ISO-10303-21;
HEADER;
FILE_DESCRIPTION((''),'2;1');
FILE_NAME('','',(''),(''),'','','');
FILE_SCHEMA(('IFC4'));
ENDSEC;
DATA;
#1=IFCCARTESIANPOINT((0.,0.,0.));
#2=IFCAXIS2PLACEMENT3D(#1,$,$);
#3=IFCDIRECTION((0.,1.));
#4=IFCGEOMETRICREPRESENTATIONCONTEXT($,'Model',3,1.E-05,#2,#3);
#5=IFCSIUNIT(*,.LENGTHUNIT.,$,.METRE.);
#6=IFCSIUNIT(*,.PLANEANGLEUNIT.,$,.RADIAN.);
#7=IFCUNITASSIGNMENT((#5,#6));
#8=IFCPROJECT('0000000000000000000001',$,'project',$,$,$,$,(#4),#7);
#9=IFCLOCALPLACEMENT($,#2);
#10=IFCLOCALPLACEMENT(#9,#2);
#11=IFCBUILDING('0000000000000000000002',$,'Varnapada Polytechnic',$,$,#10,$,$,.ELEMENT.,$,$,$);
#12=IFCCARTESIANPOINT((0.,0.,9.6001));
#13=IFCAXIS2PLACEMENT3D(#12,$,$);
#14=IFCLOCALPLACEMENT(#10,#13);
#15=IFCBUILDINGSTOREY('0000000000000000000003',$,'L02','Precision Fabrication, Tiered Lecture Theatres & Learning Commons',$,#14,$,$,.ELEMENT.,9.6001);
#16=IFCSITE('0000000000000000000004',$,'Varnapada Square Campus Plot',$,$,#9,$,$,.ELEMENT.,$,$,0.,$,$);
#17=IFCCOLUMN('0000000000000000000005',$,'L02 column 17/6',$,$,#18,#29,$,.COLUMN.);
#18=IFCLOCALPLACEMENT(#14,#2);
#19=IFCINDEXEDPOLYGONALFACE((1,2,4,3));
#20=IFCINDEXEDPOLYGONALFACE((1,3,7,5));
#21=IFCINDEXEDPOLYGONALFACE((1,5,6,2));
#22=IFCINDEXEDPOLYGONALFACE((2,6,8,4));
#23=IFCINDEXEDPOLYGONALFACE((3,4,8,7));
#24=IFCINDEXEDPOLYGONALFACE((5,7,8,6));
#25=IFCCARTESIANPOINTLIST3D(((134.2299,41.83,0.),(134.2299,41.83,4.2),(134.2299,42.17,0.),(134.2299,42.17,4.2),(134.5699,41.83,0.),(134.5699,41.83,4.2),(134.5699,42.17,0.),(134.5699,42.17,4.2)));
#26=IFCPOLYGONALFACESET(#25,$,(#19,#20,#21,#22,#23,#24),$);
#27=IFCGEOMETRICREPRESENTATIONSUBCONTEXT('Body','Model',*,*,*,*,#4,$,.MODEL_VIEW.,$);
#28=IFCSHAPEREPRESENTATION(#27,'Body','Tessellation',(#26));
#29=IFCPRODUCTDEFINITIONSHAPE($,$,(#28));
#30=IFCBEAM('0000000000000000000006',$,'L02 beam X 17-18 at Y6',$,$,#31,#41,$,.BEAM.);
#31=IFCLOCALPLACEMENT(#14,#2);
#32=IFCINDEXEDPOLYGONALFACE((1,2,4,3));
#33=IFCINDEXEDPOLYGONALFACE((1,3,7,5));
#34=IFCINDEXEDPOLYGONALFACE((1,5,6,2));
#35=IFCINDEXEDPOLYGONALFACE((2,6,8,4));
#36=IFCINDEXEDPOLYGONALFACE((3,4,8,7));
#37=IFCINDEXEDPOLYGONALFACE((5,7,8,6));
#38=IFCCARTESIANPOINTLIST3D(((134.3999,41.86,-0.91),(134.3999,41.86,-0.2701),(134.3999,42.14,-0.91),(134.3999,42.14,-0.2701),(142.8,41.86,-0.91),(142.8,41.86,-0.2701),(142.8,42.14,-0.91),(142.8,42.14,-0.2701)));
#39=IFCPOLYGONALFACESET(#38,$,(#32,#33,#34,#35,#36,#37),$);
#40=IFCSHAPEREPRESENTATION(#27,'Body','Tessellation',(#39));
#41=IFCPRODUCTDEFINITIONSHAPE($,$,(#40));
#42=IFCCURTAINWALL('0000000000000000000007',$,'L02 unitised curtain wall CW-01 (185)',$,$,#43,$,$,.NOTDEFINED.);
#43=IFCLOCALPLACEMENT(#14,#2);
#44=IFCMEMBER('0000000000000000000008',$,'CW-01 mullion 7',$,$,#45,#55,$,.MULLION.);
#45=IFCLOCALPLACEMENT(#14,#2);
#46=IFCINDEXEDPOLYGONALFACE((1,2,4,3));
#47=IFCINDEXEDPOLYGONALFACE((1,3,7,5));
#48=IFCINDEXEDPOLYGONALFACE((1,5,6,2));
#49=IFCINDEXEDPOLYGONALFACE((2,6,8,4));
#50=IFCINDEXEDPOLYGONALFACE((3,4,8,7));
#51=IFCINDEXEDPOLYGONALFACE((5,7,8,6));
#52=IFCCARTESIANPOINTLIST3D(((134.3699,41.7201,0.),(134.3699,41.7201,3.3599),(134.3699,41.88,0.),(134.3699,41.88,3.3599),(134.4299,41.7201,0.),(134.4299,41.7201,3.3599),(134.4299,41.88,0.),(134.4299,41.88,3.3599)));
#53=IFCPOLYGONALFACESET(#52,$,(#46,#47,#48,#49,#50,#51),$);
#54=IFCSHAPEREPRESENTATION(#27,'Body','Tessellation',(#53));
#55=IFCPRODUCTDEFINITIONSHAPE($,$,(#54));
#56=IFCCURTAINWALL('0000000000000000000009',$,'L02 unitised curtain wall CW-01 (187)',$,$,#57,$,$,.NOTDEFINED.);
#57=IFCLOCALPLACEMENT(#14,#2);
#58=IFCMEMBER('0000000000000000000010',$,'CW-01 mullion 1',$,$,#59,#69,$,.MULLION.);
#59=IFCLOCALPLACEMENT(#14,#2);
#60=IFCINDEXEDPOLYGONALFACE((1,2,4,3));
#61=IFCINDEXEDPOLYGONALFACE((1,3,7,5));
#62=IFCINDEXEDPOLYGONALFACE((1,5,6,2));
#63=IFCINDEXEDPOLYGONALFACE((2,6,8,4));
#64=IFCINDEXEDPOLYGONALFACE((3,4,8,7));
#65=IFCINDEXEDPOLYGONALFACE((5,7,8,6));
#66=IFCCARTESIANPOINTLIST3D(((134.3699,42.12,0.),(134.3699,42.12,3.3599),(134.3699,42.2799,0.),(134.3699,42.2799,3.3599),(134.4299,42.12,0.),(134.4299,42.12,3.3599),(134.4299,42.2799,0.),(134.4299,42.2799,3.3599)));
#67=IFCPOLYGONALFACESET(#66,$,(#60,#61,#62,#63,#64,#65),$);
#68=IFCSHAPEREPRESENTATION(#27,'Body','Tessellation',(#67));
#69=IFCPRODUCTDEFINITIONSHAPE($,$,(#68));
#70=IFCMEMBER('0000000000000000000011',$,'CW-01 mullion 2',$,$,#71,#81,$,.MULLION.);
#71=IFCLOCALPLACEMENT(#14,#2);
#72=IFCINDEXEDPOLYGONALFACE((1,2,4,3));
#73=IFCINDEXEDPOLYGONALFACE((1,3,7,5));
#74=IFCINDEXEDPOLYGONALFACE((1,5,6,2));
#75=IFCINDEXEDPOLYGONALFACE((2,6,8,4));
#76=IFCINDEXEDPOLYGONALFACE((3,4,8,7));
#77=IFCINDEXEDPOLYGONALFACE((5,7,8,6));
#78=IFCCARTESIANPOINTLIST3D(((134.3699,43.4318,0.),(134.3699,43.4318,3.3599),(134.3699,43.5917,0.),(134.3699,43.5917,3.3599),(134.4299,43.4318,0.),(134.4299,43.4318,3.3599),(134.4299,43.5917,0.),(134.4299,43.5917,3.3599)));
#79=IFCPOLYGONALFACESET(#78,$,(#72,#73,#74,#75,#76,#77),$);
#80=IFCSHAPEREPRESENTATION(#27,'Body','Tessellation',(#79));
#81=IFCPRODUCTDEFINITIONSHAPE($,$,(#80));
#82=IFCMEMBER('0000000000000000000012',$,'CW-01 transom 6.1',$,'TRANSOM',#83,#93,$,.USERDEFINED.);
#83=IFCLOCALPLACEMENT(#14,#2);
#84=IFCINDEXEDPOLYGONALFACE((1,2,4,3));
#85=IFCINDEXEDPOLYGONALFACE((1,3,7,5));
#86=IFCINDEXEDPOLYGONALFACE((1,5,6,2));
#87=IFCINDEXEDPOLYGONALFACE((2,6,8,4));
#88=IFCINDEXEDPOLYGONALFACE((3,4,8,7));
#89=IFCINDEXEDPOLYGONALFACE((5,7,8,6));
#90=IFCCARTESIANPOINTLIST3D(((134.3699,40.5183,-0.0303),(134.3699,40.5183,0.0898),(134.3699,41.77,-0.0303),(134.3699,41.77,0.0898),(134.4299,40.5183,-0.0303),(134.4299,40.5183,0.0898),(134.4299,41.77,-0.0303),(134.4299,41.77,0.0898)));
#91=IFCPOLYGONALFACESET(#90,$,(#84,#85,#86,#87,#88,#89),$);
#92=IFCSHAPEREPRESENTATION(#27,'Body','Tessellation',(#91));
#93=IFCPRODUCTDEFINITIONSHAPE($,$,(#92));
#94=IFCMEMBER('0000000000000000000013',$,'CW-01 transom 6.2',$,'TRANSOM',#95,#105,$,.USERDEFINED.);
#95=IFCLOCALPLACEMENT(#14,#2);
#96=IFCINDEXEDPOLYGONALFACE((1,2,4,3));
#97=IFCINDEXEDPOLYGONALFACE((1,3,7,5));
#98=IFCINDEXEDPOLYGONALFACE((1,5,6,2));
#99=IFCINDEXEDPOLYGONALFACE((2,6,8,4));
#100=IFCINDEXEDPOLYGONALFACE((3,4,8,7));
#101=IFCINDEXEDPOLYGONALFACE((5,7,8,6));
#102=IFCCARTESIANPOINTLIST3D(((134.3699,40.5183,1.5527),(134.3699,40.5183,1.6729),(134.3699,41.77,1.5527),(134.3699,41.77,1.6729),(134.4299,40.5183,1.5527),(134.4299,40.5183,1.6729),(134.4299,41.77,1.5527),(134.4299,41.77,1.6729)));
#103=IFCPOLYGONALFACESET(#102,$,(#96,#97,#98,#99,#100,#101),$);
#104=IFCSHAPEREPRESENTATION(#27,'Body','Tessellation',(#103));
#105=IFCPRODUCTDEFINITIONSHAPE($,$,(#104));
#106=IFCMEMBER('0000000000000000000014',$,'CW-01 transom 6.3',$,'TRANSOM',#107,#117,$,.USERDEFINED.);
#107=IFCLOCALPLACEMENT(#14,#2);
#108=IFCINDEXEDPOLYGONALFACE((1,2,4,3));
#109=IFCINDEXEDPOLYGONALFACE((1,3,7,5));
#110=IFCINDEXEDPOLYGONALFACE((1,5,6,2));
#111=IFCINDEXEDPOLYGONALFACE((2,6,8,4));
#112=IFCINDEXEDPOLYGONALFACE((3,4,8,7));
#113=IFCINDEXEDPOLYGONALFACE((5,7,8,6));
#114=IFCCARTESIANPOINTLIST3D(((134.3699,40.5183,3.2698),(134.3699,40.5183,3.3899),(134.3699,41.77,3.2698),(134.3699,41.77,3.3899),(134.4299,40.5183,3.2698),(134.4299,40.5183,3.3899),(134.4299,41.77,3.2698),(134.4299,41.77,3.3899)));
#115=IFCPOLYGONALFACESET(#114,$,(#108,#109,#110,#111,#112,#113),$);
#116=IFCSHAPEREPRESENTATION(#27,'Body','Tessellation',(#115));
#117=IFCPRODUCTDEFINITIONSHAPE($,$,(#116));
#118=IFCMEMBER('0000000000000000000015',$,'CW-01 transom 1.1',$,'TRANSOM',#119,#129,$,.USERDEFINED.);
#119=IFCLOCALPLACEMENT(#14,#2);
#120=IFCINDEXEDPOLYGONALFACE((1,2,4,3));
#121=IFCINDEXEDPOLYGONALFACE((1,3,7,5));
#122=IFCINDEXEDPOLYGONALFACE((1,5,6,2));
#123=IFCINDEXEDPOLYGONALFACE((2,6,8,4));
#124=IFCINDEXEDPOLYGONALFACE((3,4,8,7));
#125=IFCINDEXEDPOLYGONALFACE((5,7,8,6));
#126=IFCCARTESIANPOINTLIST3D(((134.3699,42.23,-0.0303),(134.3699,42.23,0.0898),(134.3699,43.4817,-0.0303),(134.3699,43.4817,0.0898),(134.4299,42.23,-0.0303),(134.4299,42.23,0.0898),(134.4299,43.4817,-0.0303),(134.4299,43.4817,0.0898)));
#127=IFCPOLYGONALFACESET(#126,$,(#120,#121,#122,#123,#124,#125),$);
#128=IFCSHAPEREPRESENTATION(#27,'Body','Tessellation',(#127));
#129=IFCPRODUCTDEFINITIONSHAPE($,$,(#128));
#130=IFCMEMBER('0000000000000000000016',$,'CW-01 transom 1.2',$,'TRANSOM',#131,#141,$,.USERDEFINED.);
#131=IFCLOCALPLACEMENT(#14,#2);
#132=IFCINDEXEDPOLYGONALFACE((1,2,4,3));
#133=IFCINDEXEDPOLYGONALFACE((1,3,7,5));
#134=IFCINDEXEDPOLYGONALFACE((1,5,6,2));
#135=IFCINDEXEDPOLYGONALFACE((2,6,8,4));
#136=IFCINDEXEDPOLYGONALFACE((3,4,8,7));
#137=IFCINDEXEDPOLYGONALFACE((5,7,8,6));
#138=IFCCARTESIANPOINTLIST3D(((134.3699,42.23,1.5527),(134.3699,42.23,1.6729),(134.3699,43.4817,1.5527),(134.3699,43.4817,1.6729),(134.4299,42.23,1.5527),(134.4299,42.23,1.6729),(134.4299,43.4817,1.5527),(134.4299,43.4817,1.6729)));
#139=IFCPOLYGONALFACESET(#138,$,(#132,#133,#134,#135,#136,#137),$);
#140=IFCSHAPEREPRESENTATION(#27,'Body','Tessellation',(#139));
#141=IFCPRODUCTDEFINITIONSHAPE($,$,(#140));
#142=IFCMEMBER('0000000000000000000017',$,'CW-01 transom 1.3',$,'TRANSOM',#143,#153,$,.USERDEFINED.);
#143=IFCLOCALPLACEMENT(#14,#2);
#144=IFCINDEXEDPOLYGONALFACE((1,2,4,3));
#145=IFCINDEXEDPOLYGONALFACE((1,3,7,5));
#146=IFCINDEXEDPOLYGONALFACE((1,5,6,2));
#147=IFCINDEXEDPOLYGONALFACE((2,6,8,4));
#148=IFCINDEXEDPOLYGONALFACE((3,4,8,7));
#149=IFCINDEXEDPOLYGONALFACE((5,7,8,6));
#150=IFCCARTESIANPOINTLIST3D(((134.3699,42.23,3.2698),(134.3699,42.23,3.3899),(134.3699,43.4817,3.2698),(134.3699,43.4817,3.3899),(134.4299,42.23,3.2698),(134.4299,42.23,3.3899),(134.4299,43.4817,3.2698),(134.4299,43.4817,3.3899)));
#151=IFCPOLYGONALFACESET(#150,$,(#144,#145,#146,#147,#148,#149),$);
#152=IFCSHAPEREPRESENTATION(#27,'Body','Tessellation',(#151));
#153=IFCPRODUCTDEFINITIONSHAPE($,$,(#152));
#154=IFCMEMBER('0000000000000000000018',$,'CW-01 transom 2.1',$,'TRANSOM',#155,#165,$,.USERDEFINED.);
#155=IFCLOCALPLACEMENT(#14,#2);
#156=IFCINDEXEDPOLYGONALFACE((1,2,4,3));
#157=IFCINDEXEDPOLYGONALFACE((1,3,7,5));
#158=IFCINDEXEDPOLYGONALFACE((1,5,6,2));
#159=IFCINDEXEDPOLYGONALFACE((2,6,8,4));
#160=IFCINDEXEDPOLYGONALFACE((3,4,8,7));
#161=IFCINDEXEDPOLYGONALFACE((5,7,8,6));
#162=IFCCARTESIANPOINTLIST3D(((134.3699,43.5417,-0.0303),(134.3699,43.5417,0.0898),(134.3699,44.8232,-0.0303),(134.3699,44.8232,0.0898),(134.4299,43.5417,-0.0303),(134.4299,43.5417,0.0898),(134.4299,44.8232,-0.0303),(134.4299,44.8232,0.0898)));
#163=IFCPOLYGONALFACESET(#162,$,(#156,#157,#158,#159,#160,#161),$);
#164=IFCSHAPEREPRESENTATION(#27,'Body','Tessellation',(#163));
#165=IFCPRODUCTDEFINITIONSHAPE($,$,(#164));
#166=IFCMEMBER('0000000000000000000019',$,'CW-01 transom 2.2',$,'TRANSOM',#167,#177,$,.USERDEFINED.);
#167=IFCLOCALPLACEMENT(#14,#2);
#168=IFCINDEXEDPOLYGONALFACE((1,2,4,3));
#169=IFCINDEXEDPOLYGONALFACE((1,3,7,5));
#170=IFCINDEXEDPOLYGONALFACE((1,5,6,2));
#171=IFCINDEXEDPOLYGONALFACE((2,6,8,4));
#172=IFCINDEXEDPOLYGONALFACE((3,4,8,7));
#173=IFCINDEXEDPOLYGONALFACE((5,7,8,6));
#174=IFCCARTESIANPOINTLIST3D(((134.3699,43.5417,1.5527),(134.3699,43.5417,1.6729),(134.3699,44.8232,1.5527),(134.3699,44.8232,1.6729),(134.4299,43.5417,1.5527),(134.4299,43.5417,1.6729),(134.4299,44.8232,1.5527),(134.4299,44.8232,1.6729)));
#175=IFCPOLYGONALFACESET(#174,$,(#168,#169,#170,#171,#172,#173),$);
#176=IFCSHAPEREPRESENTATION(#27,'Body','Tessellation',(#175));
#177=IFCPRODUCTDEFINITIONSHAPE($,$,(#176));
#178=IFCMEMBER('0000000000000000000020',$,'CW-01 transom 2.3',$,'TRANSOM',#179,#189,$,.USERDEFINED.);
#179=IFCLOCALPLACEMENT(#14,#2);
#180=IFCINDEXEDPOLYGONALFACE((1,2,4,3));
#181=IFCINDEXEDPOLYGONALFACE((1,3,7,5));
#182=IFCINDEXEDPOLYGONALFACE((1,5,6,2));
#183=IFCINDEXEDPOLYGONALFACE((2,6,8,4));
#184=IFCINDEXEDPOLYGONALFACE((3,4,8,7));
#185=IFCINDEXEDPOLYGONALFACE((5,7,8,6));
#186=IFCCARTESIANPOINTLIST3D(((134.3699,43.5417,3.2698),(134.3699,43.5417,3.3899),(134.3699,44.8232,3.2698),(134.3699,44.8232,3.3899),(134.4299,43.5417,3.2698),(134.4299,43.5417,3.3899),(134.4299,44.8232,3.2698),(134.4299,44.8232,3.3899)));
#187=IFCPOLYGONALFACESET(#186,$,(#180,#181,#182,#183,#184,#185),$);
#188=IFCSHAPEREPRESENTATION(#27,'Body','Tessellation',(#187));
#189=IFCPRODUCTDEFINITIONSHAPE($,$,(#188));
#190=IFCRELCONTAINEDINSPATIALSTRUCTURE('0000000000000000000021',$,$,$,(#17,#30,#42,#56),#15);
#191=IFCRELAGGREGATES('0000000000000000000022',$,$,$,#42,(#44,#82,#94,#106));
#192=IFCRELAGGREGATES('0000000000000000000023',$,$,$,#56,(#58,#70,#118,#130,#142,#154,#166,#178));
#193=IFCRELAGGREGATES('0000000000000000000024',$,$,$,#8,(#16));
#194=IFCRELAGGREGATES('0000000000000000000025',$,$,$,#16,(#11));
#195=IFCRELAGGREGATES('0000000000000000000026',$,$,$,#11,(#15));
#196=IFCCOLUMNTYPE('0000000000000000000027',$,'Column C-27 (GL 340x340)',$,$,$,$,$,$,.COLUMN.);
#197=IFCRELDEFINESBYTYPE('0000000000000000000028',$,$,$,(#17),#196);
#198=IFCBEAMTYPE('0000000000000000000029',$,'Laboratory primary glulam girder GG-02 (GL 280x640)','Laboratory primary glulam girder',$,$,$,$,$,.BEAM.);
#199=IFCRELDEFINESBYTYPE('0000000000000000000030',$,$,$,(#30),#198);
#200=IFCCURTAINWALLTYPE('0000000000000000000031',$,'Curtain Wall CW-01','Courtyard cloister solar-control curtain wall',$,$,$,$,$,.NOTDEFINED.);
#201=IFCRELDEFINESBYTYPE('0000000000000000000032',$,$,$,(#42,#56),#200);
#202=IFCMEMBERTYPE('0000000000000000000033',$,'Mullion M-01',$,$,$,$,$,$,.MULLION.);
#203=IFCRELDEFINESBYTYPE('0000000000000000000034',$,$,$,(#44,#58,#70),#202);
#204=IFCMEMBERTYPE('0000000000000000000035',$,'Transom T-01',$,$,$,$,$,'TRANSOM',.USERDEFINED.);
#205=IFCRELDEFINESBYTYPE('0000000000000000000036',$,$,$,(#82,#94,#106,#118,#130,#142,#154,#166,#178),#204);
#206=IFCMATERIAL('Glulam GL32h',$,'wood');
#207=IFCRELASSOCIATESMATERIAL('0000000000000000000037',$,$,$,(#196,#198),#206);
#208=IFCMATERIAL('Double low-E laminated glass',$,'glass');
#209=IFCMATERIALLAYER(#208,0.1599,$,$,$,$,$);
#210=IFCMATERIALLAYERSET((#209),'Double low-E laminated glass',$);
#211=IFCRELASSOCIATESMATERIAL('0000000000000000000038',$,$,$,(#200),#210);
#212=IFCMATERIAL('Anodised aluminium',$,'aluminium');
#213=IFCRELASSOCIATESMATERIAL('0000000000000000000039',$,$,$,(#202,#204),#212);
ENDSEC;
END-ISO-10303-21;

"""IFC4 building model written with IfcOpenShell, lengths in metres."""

from ifc_helpers import new_model, si_unit, direction, frame, origin, origin_2d, place, context, subcontext, project, spatial, rectangle, extrude, material, layer, layer_set, material_profile, profile_set, type_object, element, aggregate, save


model = new_model("IFC4")

# Units and contexts
model_context = context("Model", 3, precision=1e-05, world=origin(), true_north=direction((0.0, 1.0)))
body_context = subcontext(model_context, "Body", "Model", "MODEL_VIEW")
ifc_project = project(units=[si_unit("LENGTHUNIT", "METRE"), si_unit("PLANEANGLEUNIT", "RADIAN")], contexts=[model_context])

# Site, building, storey
site_placement = place(None, origin())
site = spatial("IfcSite", under=ifc_project, at=site_placement, Name="Varnapada Square Campus Plot", CompositionType="ELEMENT", RefElevation=0.0)
building_placement = place(site_placement, origin())
building = spatial("IfcBuilding", under=site, at=building_placement, Name="Varnapada Polytechnic", CompositionType="ELEMENT")
storey_placement = place(building_placement, frame((0.0, 0.0, 9.6001)))
storey = spatial("IfcBuildingStorey", under=building, at=storey_placement, Name="L02", Description="Precision Fabrication, Tiered Lecture Theatres & Learning Commons", CompositionType="ELEMENT", Elevation=9.6001)

# Column
ifc_material_1 = material(Name="Glulam GL32h", Category="wood")
ifc_material_profile_1 = material_profile(ifc_material_1, rectangle(XDim=0.3401, YDim=0.3401, at=origin_2d()), Name="GL 340x340")
ifc_profile_set_1 = profile_set([ifc_material_profile_1], Name="Glulam GL32h")
column_type = type_object("IfcColumnType", Name="Column C-27 (GL 340x340)", PredefinedType="COLUMN", material=ifc_profile_set_1)
column_placement = place(storey_placement, frame((134.3999, 42.0, 0.0), z_axis=(0.0, 0.0, 1.0), x_axis=(1.0, 0.0, 0.0)))
element("IfcColumn", 1, at=column_placement, inside=storey, type_object=column_type, Name="L02 column 17/6", PredefinedType="COLUMN", context=body_context, shape_type="SweptSolid", body=[
    extrude(rectangle(XDim=0.3401, YDim=0.3401, at=origin_2d()), origin(), (0.0, 0.0, 1.0), 4.2),
])

# Beam
ifc_material_profile_2 = material_profile(ifc_material_1, rectangle(XDim=0.28, YDim=0.6399, at=origin_2d()), Name="GL 280x640")
ifc_profile_set_2 = profile_set([ifc_material_profile_2], Name="Glulam GL32h")
beam_type_1 = type_object("IfcBeamType", Name="Laboratory primary glulam girder GG-02 (GL 280x640)", Description="Laboratory primary glulam girder", PredefinedType="BEAM", material=ifc_profile_set_2)
beam_1_placement = place(storey_placement, frame((134.3999, 42.0, -0.5901), z_axis=(1.0, 0.0, 0.0), x_axis=(0.0, 1.0, 0.0)))
element("IfcBeam", 2, at=beam_1_placement, inside=storey, type_object=beam_type_1, Name="L02 beam X 17-18 at Y6", PredefinedType="BEAM", context=body_context, shape_type="SweptSolid", body=[
    extrude(rectangle(XDim=0.28, YDim=0.6399, at=origin_2d()), origin(), (0.0, 0.0, 1.0), 8.4001),
])

# Curtain wall, member
ifc_material_2 = material(Name="Double low-E laminated glass", Category="glass")
ifc_layer_1 = layer(ifc_material_2, 0.1599)
ifc_layer_set_1 = layer_set([ifc_layer_1], Name="Double low-E laminated glass")
curtain_wall_type = type_object("IfcCurtainWallType", Name="Curtain Wall CW-01", Description="Courtyard cloister solar-control curtain wall", PredefinedType="NOTDEFINED", material=ifc_layer_set_1)
curtain_wall_1_placement = place(storey_placement, origin())
curtain_wall_1 = element("IfcCurtainWall", 3, at=curtain_wall_1_placement, inside=storey, type_object=curtain_wall_type, Name="L02 unitised curtain wall CW-01 (185)", PredefinedType="NOTDEFINED")
ifc_material_3 = material(Name="Anodised aluminium", Category="aluminium")
ifc_material_profile_3 = material_profile(ifc_material_3, rectangle(XDim=0.0601, YDim=0.1599, at=origin_2d()), Name="ALU M60x160")
ifc_profile_set_3 = profile_set([ifc_material_profile_3], Name="Anodised aluminium")
member_type_1 = type_object("IfcMemberType", Name="Mullion M-01", PredefinedType="MULLION", material=ifc_profile_set_3)
member_1_placement = place(storey_placement, frame((134.3999, 41.8, 0.0), z_axis=(0.0, 0.0, 1.0), x_axis=(-1.0, 0.0, 0.0)))
member_1 = element("IfcMember", 4, at=member_1_placement, type_object=member_type_1, Name="CW-01 mullion 7", PredefinedType="MULLION", context=body_context, shape_type="SweptSolid", body=[
    extrude(rectangle(XDim=0.0601, YDim=0.1599, at=origin_2d()), origin(), (0.0, 0.0, 1.0), 3.3599),
])

# Curtain wall, members
curtain_wall_2_placement = place(storey_placement, origin())
curtain_wall_2 = element("IfcCurtainWall", 5, at=curtain_wall_2_placement, inside=storey, type_object=curtain_wall_type, Name="L02 unitised curtain wall CW-01 (187)", PredefinedType="NOTDEFINED")
member_2_placement = place(storey_placement, frame((134.3999, 42.2, 0.0), z_axis=(0.0, 0.0, 1.0), x_axis=(-1.0, 0.0, 0.0)))
member_2 = element("IfcMember", 6, at=member_2_placement, type_object=member_type_1, Name="CW-01 mullion 1", PredefinedType="MULLION", context=body_context, shape_type="SweptSolid", body=[
    extrude(rectangle(XDim=0.0601, YDim=0.1599, at=origin_2d()), origin(), (0.0, 0.0, 1.0), 3.3599),
])
member_3_placement = place(storey_placement, frame((134.3999, 43.5117, 0.0), z_axis=(0.0, 0.0, 1.0), x_axis=(-1.0, 0.0, 0.0)))
member_3 = element("IfcMember", 7, at=member_3_placement, type_object=member_type_1, Name="CW-01 mullion 2", PredefinedType="MULLION", context=body_context, shape_type="SweptSolid", body=[
    extrude(rectangle(XDim=0.0601, YDim=0.1599, at=origin_2d()), origin(), (0.0, 0.0, 1.0), 3.3599),
])

# Members
ifc_material_profile_4 = material_profile(ifc_material_3, rectangle(XDim=0.0601, YDim=0.1201, at=origin_2d()), Name="ALU T60x120")
ifc_profile_set_4 = profile_set([ifc_material_profile_4], Name="Anodised aluminium")
member_type_2 = type_object("IfcMemberType", Name="Transom T-01", ElementType="TRANSOM", PredefinedType="USERDEFINED", material=ifc_profile_set_4)
member_4_placement = place(storey_placement, frame((134.3999, 40.5183, 0.0298), z_axis=(0.0, 1.0, 0.0), x_axis=(-1.0, 0.0, 0.0)))
member_4 = element("IfcMember", 8, at=member_4_placement, type_object=member_type_2, Name="CW-01 transom 6.1", ObjectType="TRANSOM", PredefinedType="USERDEFINED", context=body_context, shape_type="SweptSolid", body=[
    extrude(rectangle(XDim=0.0601, YDim=0.1201, at=origin_2d()), origin(), (0.0, 0.0, 1.0), 1.2517),
])
member_5_placement = place(storey_placement, frame((134.3999, 40.5183, 1.6128), z_axis=(0.0, 1.0, 0.0), x_axis=(-1.0, 0.0, 0.0)))
member_5 = element("IfcMember", 9, at=member_5_placement, type_object=member_type_2, Name="CW-01 transom 6.2", ObjectType="TRANSOM", PredefinedType="USERDEFINED", context=body_context, shape_type="SweptSolid", body=[
    extrude(rectangle(XDim=0.0601, YDim=0.1201, at=origin_2d()), origin(), (0.0, 0.0, 1.0), 1.2517),
])
member_6_placement = place(storey_placement, frame((134.3999, 40.5183, 3.3298), z_axis=(0.0, 1.0, 0.0), x_axis=(-1.0, 0.0, 0.0)))
member_6 = element("IfcMember", 10, at=member_6_placement, type_object=member_type_2, Name="CW-01 transom 6.3", ObjectType="TRANSOM", PredefinedType="USERDEFINED", context=body_context, shape_type="SweptSolid", body=[
    extrude(rectangle(XDim=0.0601, YDim=0.1201, at=origin_2d()), origin(), (0.0, 0.0, 1.0), 1.2517),
])
member_7_placement = place(storey_placement, frame((134.3999, 42.23, 0.0298), z_axis=(0.0, 1.0, 0.0), x_axis=(-1.0, 0.0, 0.0)))
member_7 = element("IfcMember", 11, at=member_7_placement, type_object=member_type_2, Name="CW-01 transom 1.1", ObjectType="TRANSOM", PredefinedType="USERDEFINED", context=body_context, shape_type="SweptSolid", body=[
    extrude(rectangle(XDim=0.0601, YDim=0.1201, at=origin_2d()), origin(), (0.0, 0.0, 1.0), 1.2517),
])
member_8_placement = place(storey_placement, frame((134.3999, 42.23, 1.6128), z_axis=(0.0, 1.0, 0.0), x_axis=(-1.0, 0.0, 0.0)))
member_8 = element("IfcMember", 12, at=member_8_placement, type_object=member_type_2, Name="CW-01 transom 1.2", ObjectType="TRANSOM", PredefinedType="USERDEFINED", context=body_context, shape_type="SweptSolid", body=[
    extrude(rectangle(XDim=0.0601, YDim=0.1201, at=origin_2d()), origin(), (0.0, 0.0, 1.0), 1.2517),
])
member_9_placement = place(storey_placement, frame((134.3999, 42.23, 3.3298), z_axis=(0.0, 1.0, 0.0), x_axis=(-1.0, 0.0, 0.0)))
member_9 = element("IfcMember", 13, at=member_9_placement, type_object=member_type_2, Name="CW-01 transom 1.3", ObjectType="TRANSOM", PredefinedType="USERDEFINED", context=body_context, shape_type="SweptSolid", body=[
    extrude(rectangle(XDim=0.0601, YDim=0.1201, at=origin_2d()), origin(), (0.0, 0.0, 1.0), 1.2517),
])
member_10_placement = place(storey_placement, frame((134.3999, 43.5417, 0.0298), z_axis=(0.0, 1.0, 0.0), x_axis=(-1.0, 0.0, 0.0)))
member_10 = element("IfcMember", 14, at=member_10_placement, type_object=member_type_2, Name="CW-01 transom 2.1", ObjectType="TRANSOM", PredefinedType="USERDEFINED", context=body_context, shape_type="SweptSolid", body=[
    extrude(rectangle(XDim=0.0601, YDim=0.1201, at=origin_2d()), origin(), (0.0, 0.0, 1.0), 1.2815),
])
member_11_placement = place(storey_placement, frame((134.3999, 43.5417, 1.6128), z_axis=(0.0, 1.0, 0.0), x_axis=(-1.0, 0.0, 0.0)))
member_11 = element("IfcMember", 15, at=member_11_placement, type_object=member_type_2, Name="CW-01 transom 2.2", ObjectType="TRANSOM", PredefinedType="USERDEFINED", context=body_context, shape_type="SweptSolid", body=[
    extrude(rectangle(XDim=0.0601, YDim=0.1201, at=origin_2d()), origin(), (0.0, 0.0, 1.0), 1.2815),
])
member_12_placement = place(storey_placement, frame((134.3999, 43.5417, 3.3298), z_axis=(0.0, 1.0, 0.0), x_axis=(-1.0, 0.0, 0.0)))
member_12 = element("IfcMember", 16, at=member_12_placement, type_object=member_type_2, Name="CW-01 transom 2.3", ObjectType="TRANSOM", PredefinedType="USERDEFINED", context=body_context, shape_type="SweptSolid", body=[
    extrude(rectangle(XDim=0.0601, YDim=0.1201, at=origin_2d()), origin(), (0.0, 0.0, 1.0), 1.2815),
])

aggregate(curtain_wall_1, [member_1, member_4, member_5, member_6])
aggregate(curtain_wall_2, [member_2, member_3, member_7, member_8, member_9, member_10, member_11, member_12])

save(model, "model.ifc")
